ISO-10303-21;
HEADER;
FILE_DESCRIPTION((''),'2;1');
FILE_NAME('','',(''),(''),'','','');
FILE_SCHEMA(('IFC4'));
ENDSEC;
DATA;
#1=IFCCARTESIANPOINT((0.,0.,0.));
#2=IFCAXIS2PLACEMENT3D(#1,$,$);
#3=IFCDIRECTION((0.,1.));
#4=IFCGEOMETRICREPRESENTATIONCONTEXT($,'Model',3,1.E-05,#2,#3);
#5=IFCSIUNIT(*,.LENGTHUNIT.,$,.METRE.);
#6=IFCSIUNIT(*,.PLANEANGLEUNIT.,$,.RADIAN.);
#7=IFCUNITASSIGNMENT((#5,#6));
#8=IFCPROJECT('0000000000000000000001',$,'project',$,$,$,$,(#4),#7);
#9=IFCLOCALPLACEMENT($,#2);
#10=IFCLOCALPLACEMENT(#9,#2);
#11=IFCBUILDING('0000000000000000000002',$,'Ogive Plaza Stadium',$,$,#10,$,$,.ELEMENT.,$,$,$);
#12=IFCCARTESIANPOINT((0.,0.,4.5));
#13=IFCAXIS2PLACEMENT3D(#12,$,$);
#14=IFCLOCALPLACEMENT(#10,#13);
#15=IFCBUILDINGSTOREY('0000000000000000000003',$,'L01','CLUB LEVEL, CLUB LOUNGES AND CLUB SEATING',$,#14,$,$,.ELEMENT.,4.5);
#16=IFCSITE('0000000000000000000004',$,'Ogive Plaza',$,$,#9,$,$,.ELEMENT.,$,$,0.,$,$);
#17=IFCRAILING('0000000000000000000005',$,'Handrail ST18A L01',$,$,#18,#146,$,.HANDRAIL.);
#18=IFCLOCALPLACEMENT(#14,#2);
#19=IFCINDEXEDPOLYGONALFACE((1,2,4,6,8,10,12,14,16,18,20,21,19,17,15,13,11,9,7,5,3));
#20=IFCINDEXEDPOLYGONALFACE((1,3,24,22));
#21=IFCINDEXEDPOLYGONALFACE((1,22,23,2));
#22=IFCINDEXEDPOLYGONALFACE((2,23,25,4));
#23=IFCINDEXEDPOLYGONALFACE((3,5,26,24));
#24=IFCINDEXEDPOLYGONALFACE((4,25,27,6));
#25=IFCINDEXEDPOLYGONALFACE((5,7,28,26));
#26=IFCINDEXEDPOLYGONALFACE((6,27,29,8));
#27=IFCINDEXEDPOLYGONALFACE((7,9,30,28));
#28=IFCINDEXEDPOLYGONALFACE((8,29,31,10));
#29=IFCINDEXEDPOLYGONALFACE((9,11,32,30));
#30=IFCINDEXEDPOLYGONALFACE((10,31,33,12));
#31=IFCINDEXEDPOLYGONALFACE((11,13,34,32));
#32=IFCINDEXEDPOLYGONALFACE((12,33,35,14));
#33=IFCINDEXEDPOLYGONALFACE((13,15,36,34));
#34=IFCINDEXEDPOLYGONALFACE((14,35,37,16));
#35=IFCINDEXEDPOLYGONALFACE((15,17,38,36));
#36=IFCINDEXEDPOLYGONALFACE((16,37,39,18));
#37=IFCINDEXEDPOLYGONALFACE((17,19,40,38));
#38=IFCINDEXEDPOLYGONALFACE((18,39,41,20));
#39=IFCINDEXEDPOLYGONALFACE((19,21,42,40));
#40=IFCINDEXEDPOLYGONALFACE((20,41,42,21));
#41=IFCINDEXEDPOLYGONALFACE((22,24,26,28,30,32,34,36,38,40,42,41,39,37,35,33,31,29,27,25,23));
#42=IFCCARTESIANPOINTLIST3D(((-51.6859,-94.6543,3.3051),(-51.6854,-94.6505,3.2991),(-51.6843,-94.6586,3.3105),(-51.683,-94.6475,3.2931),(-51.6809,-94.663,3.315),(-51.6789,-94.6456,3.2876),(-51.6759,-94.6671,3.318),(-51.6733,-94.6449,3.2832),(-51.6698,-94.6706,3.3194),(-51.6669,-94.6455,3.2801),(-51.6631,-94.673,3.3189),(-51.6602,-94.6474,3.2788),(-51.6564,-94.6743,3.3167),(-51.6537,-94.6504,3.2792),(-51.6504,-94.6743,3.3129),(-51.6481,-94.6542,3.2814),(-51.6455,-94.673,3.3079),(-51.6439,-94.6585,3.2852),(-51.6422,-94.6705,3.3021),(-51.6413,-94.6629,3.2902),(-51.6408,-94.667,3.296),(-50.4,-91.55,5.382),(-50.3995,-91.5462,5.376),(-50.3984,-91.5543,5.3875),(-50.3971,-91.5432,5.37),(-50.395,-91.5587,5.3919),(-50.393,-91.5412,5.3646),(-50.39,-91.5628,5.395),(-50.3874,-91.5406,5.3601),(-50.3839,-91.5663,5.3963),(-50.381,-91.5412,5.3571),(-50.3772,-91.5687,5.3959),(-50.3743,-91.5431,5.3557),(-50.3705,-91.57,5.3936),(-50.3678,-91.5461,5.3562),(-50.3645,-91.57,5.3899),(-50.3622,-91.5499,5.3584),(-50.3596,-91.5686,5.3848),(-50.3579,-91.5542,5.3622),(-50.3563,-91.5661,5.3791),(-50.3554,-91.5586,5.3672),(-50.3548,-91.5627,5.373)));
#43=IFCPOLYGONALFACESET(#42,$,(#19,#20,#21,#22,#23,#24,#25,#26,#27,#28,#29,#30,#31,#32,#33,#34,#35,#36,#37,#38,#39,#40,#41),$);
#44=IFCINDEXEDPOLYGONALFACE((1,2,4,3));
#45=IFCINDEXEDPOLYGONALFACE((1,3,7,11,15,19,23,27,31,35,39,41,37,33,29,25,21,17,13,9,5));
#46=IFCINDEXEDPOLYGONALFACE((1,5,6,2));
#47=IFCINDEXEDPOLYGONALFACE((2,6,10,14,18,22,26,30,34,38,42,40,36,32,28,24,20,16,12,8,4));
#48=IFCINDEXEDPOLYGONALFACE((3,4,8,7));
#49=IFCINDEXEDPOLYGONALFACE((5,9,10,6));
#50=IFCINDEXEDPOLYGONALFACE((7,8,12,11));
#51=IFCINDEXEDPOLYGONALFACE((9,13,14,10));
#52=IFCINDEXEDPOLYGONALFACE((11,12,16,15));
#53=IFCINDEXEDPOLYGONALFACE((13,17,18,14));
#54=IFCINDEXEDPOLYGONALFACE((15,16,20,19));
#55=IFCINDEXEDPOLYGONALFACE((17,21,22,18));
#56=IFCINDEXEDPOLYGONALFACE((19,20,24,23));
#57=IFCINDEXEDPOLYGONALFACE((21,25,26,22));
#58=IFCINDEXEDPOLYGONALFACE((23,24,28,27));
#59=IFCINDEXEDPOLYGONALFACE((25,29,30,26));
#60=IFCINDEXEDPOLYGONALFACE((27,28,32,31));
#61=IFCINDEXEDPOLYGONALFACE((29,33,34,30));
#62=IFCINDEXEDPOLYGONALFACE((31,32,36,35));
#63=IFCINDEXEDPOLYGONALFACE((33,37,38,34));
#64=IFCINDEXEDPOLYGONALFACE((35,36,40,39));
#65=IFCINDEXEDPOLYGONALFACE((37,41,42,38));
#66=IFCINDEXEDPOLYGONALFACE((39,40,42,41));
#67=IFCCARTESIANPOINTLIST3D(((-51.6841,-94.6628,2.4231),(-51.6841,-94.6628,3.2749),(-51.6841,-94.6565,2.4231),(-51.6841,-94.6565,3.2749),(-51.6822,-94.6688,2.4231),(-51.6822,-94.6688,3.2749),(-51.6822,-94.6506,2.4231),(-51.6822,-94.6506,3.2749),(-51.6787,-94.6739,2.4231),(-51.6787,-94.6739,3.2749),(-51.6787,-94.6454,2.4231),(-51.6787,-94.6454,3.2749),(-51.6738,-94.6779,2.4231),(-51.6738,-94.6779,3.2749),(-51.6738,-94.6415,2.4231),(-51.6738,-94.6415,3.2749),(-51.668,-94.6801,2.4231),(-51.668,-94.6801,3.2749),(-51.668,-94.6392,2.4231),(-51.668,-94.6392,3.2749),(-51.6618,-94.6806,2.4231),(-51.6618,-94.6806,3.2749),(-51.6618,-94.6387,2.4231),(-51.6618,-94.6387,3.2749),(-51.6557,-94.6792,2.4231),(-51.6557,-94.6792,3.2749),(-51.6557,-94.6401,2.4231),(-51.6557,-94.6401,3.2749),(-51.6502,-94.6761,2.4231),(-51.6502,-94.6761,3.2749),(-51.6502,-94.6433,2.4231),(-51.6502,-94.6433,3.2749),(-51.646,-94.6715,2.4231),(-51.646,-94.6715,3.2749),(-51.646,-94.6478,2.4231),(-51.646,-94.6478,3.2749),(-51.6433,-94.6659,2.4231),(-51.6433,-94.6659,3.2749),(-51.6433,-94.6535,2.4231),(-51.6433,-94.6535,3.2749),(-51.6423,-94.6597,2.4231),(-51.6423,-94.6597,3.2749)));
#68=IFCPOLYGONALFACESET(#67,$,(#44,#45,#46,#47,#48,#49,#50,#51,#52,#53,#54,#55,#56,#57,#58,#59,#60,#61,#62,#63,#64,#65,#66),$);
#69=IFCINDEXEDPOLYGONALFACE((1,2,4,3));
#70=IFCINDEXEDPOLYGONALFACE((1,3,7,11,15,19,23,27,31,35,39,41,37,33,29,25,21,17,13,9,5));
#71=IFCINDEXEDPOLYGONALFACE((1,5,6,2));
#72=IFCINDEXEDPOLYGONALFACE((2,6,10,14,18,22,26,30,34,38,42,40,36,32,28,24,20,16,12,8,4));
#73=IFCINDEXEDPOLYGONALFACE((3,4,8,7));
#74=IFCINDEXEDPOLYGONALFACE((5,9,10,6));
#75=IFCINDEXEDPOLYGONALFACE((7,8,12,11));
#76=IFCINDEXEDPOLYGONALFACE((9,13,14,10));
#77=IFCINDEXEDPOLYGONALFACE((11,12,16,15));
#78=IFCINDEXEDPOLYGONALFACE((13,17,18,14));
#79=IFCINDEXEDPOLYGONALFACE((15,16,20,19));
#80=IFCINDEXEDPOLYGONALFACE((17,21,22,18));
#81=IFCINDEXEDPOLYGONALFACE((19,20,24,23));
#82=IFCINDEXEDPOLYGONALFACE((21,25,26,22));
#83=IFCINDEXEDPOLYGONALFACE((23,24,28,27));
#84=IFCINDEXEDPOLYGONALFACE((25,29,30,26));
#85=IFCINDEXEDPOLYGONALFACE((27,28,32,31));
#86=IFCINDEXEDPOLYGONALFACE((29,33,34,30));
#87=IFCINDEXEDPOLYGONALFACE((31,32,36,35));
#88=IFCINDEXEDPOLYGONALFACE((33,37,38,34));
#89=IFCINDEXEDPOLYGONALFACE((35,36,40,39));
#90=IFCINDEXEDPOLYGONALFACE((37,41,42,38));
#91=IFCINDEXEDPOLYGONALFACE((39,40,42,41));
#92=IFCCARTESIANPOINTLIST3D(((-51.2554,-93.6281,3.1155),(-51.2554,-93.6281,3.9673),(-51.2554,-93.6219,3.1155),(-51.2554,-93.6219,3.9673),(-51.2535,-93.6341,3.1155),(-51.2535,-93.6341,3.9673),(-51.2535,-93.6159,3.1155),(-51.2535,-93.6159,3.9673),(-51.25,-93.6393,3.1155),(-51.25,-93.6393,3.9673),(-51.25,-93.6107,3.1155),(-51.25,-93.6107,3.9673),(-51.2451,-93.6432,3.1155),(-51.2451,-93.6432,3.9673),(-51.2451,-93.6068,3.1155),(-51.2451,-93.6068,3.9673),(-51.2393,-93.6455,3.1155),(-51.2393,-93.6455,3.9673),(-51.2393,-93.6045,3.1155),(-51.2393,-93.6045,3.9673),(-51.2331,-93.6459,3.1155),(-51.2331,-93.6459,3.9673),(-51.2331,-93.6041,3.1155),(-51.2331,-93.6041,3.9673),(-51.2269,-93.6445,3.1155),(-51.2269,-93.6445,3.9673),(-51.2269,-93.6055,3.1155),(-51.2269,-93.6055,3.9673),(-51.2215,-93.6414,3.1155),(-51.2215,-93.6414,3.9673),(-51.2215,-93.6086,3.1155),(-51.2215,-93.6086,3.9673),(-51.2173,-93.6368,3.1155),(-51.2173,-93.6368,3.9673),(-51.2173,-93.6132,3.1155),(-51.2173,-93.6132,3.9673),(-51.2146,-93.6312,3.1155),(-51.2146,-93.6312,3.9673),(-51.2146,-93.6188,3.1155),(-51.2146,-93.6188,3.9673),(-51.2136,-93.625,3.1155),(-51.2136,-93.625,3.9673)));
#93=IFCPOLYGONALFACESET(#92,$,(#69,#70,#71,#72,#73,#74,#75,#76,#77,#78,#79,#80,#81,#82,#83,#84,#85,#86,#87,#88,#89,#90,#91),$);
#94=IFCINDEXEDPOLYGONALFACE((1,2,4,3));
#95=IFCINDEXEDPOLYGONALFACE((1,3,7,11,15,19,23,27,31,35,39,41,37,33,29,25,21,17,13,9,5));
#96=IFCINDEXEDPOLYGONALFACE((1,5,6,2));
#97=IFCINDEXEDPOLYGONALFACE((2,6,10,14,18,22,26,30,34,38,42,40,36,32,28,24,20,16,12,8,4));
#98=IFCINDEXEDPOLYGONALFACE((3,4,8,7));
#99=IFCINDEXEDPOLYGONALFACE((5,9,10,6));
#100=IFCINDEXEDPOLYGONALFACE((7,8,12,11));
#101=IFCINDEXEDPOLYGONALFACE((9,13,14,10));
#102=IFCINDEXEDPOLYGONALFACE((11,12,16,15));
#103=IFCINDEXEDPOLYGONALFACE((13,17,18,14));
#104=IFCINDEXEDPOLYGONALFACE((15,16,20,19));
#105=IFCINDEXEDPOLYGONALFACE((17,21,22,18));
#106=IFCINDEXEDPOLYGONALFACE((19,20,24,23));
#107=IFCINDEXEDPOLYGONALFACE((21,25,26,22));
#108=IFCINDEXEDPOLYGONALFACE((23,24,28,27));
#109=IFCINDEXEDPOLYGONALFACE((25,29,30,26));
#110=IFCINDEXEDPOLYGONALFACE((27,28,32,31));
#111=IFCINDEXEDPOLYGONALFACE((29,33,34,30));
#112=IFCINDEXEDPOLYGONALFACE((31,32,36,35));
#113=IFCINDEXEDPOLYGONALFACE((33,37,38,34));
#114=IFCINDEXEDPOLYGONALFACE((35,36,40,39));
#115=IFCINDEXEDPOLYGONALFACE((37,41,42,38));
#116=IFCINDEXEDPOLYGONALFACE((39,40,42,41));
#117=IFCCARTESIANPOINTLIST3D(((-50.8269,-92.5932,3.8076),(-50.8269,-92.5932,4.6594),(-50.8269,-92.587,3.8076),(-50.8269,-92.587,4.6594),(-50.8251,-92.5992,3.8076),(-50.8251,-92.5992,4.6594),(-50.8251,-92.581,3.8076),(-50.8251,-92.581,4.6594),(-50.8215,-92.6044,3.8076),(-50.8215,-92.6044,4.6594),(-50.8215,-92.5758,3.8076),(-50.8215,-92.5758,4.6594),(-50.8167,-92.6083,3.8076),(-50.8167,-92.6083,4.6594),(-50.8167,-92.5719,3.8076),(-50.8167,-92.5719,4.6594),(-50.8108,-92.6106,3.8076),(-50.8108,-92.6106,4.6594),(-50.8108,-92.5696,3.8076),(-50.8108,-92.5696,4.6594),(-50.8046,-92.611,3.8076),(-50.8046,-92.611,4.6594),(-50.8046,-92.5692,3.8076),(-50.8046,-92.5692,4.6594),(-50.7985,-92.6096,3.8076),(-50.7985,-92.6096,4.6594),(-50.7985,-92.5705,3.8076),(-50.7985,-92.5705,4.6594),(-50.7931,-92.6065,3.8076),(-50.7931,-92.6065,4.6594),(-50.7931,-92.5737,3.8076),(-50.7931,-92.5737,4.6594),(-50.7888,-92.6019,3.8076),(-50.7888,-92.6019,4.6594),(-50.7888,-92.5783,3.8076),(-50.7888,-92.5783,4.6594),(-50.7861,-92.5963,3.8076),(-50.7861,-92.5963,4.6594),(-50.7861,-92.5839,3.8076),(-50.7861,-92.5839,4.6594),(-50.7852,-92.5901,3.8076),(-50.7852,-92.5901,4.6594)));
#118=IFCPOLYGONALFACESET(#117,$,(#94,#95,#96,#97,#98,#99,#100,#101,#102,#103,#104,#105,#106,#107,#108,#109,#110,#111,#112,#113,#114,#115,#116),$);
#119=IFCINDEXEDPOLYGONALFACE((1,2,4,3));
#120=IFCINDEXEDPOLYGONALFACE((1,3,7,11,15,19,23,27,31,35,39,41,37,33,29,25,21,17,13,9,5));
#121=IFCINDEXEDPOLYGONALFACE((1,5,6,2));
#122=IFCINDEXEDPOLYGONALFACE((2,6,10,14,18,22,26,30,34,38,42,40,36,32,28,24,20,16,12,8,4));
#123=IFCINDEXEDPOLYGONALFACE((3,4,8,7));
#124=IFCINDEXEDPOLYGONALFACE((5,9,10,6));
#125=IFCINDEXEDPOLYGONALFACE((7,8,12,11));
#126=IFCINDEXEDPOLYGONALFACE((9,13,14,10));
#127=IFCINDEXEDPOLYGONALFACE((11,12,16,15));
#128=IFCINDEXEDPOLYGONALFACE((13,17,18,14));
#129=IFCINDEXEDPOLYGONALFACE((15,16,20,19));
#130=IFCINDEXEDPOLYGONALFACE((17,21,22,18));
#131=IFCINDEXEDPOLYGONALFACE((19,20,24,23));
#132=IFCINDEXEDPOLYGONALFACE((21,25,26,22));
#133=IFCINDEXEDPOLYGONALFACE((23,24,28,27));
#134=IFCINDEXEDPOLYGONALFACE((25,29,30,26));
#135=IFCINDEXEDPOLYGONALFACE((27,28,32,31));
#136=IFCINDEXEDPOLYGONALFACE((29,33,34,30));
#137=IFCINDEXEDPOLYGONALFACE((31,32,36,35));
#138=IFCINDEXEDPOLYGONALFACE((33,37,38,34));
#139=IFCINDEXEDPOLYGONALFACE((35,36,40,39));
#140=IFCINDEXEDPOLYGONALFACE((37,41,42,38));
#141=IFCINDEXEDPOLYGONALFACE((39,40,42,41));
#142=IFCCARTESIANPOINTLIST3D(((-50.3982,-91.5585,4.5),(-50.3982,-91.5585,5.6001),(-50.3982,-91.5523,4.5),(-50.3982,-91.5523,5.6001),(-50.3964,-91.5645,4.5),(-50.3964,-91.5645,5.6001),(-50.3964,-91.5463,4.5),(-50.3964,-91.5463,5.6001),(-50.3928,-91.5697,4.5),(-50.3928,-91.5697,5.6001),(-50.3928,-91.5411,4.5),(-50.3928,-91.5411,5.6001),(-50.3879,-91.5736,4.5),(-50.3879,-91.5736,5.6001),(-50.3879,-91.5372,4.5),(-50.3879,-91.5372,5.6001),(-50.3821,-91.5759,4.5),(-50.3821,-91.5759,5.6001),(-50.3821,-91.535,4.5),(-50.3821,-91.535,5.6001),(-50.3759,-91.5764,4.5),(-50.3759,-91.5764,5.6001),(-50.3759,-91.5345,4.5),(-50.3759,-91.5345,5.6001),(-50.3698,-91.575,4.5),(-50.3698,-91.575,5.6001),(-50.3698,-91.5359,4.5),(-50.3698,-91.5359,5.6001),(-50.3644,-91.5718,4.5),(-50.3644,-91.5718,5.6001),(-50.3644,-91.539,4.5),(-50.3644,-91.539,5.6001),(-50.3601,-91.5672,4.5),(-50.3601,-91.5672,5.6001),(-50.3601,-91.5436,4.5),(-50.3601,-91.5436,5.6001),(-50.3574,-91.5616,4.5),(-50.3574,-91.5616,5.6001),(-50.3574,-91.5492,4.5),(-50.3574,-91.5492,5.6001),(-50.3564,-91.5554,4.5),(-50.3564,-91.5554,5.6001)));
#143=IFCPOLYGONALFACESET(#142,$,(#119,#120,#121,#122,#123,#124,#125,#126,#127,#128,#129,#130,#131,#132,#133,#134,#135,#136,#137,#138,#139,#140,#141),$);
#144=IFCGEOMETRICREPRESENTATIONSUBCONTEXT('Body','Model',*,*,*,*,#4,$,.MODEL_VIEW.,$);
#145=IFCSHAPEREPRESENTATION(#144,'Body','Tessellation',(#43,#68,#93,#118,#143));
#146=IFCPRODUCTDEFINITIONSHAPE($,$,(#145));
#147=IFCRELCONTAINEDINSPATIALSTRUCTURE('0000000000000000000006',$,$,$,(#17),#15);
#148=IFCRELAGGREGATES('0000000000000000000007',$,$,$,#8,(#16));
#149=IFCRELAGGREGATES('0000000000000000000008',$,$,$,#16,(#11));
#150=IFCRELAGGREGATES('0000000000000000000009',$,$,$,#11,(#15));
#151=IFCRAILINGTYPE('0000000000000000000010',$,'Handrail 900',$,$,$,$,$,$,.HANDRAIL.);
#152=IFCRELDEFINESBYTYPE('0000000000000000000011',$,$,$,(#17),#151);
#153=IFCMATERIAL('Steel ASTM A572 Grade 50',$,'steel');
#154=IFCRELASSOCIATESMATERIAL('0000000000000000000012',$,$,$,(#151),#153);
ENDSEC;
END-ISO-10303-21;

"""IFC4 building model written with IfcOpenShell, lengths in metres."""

from ifc_helpers import new_model, si_unit, direction, frame, origin, origin_2d, place, context, subcontext, project, spatial, circle, extrude, material, type_object, element, save


model = new_model("IFC4")

# Units and contexts
model_context = context("Model", 3, precision=1e-05, world=origin(), true_north=direction((0.0, 1.0)))
body_context = subcontext(model_context, "Body", "Model", "MODEL_VIEW")
ifc_project = project(units=[si_unit("LENGTHUNIT", "METRE"), si_unit("PLANEANGLEUNIT", "RADIAN")], contexts=[model_context])

# Site, building, storey
site_placement = place(None, origin())
site = spatial("IfcSite", under=ifc_project, at=site_placement, Name="Ogive Plaza", CompositionType="ELEMENT", RefElevation=0.0)
building_placement = place(site_placement, origin())
building = spatial("IfcBuilding", under=site, at=building_placement, Name="Ogive Plaza Stadium", CompositionType="ELEMENT")
storey_placement = place(building_placement, frame((0.0, 0.0, 4.5)))
storey = spatial("IfcBuildingStorey", under=building, at=storey_placement, Name="L01", Description="CLUB LEVEL, CLUB LOUNGES AND CLUB SEATING", CompositionType="ELEMENT", Elevation=4.5)

# Railing
ifc_material_1 = material(Name="Steel ASTM A572 Grade 50", Category="steel")
railing_type_1 = type_object("IfcRailingType", Name="Handrail 900", PredefinedType="HANDRAIL", material=ifc_material_1)
railing_1_placement = place(storey_placement, frame((-51.6633, -94.6597, 2.4231)))
element("IfcRailing", 1, at=railing_1_placement, inside=storey, type_object=railing_type_1, Name="Handrail ST18A L01", PredefinedType="HANDRAIL", context=body_context, shape_type="SweptSolid", body=[
    extrude(circle(Radius=0.0239, at=origin_2d()), frame((0.0, 0.0, 0.876), z_axis=(0.325532, 0.785863, 0.525783), x_axis=(-0.923872, 0.3827, 0.0)), (0.0, 0.0, 1.0), 3.9502),
    extrude(circle(Radius=0.021, at=origin_2d()), origin(), (0.0, 0.0, 1.0), 0.8518),
    extrude(circle(Radius=0.021, at=origin_2d()), frame((0.4287, 1.0347, 0.6924)), (0.0, 0.0, 1.0), 0.8518),
    extrude(circle(Radius=0.021, at=origin_2d()), frame((0.8572, 2.0696, 1.3845)), (0.0, 0.0, 1.0), 0.8518),
    extrude(circle(Radius=0.021, at=origin_2d()), frame((1.2859, 3.1042, 2.0769)), (0.0, 0.0, 1.0), 1.1001),
])

save(model, "model.ifc")
